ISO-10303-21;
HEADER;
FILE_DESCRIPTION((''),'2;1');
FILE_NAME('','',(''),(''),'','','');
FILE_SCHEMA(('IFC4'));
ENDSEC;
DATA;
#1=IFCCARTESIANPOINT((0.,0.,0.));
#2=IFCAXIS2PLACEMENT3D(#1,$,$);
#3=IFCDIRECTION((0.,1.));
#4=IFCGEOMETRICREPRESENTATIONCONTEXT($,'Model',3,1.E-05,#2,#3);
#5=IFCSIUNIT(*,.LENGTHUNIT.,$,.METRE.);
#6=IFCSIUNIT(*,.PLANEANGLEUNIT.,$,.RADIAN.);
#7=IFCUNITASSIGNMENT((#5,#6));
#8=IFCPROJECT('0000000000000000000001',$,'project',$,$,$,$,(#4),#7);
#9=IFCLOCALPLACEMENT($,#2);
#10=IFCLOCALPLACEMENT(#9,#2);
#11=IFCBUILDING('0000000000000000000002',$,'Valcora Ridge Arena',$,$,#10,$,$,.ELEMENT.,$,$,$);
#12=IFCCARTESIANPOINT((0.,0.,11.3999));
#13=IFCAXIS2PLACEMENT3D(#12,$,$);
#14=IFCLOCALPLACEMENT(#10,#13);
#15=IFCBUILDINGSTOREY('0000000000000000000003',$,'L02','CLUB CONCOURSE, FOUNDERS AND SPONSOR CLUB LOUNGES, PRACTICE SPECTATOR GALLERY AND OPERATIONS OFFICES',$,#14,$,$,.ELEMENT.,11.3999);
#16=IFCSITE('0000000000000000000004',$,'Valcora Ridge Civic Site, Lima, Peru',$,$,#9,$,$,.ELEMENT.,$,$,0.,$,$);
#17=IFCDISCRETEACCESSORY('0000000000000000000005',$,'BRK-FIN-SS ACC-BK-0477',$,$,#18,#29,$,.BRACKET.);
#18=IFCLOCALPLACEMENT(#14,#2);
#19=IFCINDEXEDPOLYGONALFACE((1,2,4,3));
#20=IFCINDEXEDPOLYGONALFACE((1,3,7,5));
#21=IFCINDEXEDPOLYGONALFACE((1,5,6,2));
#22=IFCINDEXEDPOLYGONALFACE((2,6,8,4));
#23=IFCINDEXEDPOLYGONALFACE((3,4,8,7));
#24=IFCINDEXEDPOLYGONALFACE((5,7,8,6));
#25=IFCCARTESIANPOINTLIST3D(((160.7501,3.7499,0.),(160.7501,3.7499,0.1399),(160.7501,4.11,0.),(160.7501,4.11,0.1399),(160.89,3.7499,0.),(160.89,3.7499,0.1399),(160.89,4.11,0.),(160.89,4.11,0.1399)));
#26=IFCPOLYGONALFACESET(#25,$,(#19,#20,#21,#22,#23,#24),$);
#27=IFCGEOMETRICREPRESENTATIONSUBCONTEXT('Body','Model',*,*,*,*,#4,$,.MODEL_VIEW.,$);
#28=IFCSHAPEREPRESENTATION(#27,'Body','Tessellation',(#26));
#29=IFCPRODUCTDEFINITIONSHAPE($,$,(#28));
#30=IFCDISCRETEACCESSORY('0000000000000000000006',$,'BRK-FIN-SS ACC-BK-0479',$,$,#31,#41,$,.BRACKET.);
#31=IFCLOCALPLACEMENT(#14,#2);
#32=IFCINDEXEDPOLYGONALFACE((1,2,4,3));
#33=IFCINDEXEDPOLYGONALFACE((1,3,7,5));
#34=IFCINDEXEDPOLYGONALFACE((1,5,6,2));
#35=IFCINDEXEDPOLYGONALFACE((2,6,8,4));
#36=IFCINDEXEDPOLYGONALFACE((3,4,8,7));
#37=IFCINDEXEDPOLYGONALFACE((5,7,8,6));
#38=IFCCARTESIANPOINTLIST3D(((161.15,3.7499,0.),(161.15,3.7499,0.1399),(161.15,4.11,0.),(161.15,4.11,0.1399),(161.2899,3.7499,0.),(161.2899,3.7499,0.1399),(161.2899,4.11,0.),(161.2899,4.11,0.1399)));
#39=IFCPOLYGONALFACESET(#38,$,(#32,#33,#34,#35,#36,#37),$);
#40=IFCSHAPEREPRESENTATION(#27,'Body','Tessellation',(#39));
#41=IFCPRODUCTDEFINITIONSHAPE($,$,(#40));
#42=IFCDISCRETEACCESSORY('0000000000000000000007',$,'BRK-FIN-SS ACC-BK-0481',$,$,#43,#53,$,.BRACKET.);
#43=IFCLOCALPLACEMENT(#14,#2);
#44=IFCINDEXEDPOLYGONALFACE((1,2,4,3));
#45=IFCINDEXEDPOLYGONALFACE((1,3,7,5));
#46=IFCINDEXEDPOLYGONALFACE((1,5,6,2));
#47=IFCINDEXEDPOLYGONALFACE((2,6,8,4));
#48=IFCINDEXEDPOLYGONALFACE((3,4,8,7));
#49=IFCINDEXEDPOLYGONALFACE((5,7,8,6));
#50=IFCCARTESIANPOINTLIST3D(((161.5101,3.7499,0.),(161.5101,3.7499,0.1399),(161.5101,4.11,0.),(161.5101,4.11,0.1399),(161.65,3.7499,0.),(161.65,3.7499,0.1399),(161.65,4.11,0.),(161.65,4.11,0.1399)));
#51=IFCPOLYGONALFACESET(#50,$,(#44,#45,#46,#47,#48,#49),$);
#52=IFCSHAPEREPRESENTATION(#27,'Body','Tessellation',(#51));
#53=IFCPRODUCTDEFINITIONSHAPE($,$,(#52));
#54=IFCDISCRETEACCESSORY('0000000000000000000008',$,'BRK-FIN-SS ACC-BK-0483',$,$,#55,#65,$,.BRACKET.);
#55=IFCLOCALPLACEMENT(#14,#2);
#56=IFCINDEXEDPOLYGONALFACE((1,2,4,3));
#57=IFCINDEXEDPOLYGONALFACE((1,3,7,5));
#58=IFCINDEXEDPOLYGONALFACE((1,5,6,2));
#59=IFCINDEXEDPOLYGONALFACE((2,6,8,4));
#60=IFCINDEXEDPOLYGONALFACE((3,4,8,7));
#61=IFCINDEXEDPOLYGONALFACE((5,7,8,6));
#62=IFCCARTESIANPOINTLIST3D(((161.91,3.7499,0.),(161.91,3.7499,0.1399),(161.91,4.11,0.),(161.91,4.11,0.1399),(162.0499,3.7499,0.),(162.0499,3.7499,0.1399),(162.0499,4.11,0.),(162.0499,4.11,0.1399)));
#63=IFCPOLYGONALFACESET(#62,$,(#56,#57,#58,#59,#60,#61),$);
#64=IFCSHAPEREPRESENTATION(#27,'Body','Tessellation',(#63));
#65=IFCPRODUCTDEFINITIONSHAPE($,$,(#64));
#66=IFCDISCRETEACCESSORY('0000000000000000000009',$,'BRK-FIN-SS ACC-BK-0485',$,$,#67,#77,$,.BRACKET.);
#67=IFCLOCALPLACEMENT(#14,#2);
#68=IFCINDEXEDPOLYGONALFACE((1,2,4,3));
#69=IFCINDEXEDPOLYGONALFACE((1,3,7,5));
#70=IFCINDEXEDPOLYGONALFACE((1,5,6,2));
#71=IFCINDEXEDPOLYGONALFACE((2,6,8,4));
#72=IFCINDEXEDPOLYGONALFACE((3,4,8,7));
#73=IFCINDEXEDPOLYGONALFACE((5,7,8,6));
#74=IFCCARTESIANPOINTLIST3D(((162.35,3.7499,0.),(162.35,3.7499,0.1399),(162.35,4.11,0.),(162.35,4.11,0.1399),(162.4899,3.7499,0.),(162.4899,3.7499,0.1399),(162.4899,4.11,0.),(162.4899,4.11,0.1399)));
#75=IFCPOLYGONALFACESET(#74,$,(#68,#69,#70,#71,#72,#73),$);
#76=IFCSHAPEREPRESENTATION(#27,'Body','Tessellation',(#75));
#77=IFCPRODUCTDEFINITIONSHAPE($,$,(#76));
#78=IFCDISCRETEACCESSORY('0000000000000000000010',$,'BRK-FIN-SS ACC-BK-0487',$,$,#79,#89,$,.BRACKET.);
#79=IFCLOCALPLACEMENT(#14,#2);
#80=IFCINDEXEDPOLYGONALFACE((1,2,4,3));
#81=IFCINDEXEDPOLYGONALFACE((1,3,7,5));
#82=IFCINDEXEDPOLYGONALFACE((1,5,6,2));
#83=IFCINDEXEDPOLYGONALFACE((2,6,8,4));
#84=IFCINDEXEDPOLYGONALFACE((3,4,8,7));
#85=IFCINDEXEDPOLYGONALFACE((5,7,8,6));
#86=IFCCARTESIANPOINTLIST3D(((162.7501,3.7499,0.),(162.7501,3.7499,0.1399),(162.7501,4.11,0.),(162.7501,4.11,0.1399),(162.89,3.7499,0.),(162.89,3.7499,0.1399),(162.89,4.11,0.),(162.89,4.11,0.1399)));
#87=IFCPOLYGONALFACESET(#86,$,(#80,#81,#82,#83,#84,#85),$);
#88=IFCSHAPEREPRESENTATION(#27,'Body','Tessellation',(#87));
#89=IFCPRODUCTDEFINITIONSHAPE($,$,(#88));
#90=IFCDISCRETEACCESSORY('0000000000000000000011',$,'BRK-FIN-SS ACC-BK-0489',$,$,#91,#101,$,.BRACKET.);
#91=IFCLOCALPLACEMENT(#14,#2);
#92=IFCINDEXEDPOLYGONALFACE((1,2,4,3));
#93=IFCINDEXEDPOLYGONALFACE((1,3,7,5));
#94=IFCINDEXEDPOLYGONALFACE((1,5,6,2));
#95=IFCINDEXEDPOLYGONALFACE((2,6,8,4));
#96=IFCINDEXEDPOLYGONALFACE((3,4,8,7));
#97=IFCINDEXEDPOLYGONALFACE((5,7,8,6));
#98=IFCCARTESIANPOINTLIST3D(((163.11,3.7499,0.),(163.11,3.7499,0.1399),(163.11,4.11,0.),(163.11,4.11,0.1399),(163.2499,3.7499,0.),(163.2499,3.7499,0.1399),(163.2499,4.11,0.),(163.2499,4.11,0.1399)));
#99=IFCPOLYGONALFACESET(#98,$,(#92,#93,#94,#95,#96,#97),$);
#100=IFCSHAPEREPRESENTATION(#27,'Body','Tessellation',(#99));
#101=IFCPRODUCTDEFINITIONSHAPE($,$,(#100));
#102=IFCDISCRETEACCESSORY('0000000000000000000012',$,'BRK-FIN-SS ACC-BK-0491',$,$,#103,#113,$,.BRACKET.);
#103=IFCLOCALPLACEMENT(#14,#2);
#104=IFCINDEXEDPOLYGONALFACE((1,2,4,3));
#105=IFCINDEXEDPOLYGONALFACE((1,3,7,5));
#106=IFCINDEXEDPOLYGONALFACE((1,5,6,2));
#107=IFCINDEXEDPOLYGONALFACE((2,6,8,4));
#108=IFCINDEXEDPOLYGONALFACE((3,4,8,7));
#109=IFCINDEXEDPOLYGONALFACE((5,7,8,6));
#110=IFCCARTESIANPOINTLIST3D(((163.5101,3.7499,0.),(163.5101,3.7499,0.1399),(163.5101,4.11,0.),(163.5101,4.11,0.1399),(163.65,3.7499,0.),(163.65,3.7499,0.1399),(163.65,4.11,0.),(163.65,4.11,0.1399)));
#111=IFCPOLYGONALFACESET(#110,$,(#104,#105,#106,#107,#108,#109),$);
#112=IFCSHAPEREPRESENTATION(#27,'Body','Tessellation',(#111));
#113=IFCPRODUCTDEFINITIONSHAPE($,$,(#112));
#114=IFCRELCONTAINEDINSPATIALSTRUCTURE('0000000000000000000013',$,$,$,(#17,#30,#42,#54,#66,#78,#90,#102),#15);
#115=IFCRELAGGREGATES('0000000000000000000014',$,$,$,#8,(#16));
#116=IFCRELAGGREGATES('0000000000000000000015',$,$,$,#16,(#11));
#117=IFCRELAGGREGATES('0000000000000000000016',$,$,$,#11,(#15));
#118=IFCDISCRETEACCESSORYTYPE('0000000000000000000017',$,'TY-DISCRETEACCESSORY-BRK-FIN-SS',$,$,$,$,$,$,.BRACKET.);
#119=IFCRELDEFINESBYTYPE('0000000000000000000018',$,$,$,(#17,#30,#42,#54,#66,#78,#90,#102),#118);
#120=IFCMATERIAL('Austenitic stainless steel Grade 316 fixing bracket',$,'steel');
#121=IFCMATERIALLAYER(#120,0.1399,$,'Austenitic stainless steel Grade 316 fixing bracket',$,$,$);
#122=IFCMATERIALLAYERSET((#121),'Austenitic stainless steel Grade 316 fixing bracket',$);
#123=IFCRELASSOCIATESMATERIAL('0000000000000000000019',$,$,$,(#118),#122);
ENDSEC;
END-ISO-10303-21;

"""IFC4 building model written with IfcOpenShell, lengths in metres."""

from ifc_helpers import new_model, si_unit, direction, frame, origin, origin_2d, place, context, subcontext, project, spatial, rectangle, extrude, material, layer, layer_set, type_object, element, save


model = new_model("IFC4")

# Units and contexts
model_context = context("Model", 3, precision=1e-05, world=origin(), true_north=direction((0.0, 1.0)))
body_context = subcontext(model_context, "Body", "Model", "MODEL_VIEW")
ifc_project = project(units=[si_unit("LENGTHUNIT", "METRE"), si_unit("PLANEANGLEUNIT", "RADIAN")], contexts=[model_context])

# Site, building, storey
site_placement = place(None, origin())
site = spatial("IfcSite", under=ifc_project, at=site_placement, Name="Valcora Ridge Civic Site, Lima, Peru", CompositionType="ELEMENT", RefElevation=0.0)
building_placement = place(site_placement, origin())
building = spatial("IfcBuilding", under=site, at=building_placement, Name="Valcora Ridge Arena", CompositionType="ELEMENT")
storey_placement = place(building_placement, frame((0.0, 0.0, 11.3999)))
storey = spatial("IfcBuildingStorey", under=building, at=storey_placement, Name="L02", Description="CLUB CONCOURSE, FOUNDERS AND SPONSOR CLUB LOUNGES, PRACTICE SPECTATOR GALLERY AND OPERATIONS OFFICES", CompositionType="ELEMENT", Elevation=11.3999)

# Discrete accessories
ifc_material_1 = material(Name="Austenitic stainless steel Grade 316 fixing bracket", Category="steel")
ifc_layer_1 = layer(ifc_material_1, 0.1399, Name="Austenitic stainless steel Grade 316 fixing bracket")
ifc_layer_set_1 = layer_set([ifc_layer_1], Name="Austenitic stainless steel Grade 316 fixing bracket")
discrete_accessory_type = type_object("IfcDiscreteAccessoryType", Name="TY-DISCRETEACCESSORY-BRK-FIN-SS", PredefinedType="BRACKET", material=ifc_layer_set_1)
for number, where, z_axis, x_axis, name in (
    (1, (160.8201, 3.9299, 0.0), (0.0, 0.0, 1.0), (0.0, 1.0, 0.0), "BRK-FIN-SS ACC-BK-0477"),
    (2, (161.22, 3.9299, 0.0), (0.0, 0.0, 1.0), (0.0, 1.0, 0.0), "BRK-FIN-SS ACC-BK-0479"),
    (3, (161.5801, 3.9299, 0.0), (0.0, 0.0, 1.0), (0.0, 1.0, 0.0), "BRK-FIN-SS ACC-BK-0481"),
    (4, (161.98, 3.9299, 0.0), (0.0, 0.0, 1.0), (0.0, 1.0, 0.0), "BRK-FIN-SS ACC-BK-0483"),
    (5, (162.4199, 3.9299, 0.0), (0.0, 0.0, 1.0), (0.0, 1.0, 0.0), "BRK-FIN-SS ACC-BK-0485"),
    (6, (162.8201, 3.9299, 0.0), (0.0, 0.0, 1.0), (0.0, 1.0, 0.0), "BRK-FIN-SS ACC-BK-0487"),
    (7, (163.1799, 3.9299, 0.0), (0.0, 0.0, 1.0), (0.0, 1.0, 0.0), "BRK-FIN-SS ACC-BK-0489"),
    (8, (163.5801, 3.9299, 0.0), (0.0, 0.0, 1.0), (0.0, 1.0, 0.0), "BRK-FIN-SS ACC-BK-0491"),
):
    element("IfcDiscreteAccessory", number, at=place(storey_placement, frame(where, z_axis=z_axis, x_axis=x_axis)), inside=storey, type_object=discrete_accessory_type, Name=name, PredefinedType="BRACKET", context=body_context, shape_type="SweptSolid", body=[
        extrude(rectangle(XDim=0.3601, YDim=0.1399, at=origin_2d()), origin(), (0.0, 0.0, 1.0), 0.1399),
    ])

save(model, "model.ifc")
